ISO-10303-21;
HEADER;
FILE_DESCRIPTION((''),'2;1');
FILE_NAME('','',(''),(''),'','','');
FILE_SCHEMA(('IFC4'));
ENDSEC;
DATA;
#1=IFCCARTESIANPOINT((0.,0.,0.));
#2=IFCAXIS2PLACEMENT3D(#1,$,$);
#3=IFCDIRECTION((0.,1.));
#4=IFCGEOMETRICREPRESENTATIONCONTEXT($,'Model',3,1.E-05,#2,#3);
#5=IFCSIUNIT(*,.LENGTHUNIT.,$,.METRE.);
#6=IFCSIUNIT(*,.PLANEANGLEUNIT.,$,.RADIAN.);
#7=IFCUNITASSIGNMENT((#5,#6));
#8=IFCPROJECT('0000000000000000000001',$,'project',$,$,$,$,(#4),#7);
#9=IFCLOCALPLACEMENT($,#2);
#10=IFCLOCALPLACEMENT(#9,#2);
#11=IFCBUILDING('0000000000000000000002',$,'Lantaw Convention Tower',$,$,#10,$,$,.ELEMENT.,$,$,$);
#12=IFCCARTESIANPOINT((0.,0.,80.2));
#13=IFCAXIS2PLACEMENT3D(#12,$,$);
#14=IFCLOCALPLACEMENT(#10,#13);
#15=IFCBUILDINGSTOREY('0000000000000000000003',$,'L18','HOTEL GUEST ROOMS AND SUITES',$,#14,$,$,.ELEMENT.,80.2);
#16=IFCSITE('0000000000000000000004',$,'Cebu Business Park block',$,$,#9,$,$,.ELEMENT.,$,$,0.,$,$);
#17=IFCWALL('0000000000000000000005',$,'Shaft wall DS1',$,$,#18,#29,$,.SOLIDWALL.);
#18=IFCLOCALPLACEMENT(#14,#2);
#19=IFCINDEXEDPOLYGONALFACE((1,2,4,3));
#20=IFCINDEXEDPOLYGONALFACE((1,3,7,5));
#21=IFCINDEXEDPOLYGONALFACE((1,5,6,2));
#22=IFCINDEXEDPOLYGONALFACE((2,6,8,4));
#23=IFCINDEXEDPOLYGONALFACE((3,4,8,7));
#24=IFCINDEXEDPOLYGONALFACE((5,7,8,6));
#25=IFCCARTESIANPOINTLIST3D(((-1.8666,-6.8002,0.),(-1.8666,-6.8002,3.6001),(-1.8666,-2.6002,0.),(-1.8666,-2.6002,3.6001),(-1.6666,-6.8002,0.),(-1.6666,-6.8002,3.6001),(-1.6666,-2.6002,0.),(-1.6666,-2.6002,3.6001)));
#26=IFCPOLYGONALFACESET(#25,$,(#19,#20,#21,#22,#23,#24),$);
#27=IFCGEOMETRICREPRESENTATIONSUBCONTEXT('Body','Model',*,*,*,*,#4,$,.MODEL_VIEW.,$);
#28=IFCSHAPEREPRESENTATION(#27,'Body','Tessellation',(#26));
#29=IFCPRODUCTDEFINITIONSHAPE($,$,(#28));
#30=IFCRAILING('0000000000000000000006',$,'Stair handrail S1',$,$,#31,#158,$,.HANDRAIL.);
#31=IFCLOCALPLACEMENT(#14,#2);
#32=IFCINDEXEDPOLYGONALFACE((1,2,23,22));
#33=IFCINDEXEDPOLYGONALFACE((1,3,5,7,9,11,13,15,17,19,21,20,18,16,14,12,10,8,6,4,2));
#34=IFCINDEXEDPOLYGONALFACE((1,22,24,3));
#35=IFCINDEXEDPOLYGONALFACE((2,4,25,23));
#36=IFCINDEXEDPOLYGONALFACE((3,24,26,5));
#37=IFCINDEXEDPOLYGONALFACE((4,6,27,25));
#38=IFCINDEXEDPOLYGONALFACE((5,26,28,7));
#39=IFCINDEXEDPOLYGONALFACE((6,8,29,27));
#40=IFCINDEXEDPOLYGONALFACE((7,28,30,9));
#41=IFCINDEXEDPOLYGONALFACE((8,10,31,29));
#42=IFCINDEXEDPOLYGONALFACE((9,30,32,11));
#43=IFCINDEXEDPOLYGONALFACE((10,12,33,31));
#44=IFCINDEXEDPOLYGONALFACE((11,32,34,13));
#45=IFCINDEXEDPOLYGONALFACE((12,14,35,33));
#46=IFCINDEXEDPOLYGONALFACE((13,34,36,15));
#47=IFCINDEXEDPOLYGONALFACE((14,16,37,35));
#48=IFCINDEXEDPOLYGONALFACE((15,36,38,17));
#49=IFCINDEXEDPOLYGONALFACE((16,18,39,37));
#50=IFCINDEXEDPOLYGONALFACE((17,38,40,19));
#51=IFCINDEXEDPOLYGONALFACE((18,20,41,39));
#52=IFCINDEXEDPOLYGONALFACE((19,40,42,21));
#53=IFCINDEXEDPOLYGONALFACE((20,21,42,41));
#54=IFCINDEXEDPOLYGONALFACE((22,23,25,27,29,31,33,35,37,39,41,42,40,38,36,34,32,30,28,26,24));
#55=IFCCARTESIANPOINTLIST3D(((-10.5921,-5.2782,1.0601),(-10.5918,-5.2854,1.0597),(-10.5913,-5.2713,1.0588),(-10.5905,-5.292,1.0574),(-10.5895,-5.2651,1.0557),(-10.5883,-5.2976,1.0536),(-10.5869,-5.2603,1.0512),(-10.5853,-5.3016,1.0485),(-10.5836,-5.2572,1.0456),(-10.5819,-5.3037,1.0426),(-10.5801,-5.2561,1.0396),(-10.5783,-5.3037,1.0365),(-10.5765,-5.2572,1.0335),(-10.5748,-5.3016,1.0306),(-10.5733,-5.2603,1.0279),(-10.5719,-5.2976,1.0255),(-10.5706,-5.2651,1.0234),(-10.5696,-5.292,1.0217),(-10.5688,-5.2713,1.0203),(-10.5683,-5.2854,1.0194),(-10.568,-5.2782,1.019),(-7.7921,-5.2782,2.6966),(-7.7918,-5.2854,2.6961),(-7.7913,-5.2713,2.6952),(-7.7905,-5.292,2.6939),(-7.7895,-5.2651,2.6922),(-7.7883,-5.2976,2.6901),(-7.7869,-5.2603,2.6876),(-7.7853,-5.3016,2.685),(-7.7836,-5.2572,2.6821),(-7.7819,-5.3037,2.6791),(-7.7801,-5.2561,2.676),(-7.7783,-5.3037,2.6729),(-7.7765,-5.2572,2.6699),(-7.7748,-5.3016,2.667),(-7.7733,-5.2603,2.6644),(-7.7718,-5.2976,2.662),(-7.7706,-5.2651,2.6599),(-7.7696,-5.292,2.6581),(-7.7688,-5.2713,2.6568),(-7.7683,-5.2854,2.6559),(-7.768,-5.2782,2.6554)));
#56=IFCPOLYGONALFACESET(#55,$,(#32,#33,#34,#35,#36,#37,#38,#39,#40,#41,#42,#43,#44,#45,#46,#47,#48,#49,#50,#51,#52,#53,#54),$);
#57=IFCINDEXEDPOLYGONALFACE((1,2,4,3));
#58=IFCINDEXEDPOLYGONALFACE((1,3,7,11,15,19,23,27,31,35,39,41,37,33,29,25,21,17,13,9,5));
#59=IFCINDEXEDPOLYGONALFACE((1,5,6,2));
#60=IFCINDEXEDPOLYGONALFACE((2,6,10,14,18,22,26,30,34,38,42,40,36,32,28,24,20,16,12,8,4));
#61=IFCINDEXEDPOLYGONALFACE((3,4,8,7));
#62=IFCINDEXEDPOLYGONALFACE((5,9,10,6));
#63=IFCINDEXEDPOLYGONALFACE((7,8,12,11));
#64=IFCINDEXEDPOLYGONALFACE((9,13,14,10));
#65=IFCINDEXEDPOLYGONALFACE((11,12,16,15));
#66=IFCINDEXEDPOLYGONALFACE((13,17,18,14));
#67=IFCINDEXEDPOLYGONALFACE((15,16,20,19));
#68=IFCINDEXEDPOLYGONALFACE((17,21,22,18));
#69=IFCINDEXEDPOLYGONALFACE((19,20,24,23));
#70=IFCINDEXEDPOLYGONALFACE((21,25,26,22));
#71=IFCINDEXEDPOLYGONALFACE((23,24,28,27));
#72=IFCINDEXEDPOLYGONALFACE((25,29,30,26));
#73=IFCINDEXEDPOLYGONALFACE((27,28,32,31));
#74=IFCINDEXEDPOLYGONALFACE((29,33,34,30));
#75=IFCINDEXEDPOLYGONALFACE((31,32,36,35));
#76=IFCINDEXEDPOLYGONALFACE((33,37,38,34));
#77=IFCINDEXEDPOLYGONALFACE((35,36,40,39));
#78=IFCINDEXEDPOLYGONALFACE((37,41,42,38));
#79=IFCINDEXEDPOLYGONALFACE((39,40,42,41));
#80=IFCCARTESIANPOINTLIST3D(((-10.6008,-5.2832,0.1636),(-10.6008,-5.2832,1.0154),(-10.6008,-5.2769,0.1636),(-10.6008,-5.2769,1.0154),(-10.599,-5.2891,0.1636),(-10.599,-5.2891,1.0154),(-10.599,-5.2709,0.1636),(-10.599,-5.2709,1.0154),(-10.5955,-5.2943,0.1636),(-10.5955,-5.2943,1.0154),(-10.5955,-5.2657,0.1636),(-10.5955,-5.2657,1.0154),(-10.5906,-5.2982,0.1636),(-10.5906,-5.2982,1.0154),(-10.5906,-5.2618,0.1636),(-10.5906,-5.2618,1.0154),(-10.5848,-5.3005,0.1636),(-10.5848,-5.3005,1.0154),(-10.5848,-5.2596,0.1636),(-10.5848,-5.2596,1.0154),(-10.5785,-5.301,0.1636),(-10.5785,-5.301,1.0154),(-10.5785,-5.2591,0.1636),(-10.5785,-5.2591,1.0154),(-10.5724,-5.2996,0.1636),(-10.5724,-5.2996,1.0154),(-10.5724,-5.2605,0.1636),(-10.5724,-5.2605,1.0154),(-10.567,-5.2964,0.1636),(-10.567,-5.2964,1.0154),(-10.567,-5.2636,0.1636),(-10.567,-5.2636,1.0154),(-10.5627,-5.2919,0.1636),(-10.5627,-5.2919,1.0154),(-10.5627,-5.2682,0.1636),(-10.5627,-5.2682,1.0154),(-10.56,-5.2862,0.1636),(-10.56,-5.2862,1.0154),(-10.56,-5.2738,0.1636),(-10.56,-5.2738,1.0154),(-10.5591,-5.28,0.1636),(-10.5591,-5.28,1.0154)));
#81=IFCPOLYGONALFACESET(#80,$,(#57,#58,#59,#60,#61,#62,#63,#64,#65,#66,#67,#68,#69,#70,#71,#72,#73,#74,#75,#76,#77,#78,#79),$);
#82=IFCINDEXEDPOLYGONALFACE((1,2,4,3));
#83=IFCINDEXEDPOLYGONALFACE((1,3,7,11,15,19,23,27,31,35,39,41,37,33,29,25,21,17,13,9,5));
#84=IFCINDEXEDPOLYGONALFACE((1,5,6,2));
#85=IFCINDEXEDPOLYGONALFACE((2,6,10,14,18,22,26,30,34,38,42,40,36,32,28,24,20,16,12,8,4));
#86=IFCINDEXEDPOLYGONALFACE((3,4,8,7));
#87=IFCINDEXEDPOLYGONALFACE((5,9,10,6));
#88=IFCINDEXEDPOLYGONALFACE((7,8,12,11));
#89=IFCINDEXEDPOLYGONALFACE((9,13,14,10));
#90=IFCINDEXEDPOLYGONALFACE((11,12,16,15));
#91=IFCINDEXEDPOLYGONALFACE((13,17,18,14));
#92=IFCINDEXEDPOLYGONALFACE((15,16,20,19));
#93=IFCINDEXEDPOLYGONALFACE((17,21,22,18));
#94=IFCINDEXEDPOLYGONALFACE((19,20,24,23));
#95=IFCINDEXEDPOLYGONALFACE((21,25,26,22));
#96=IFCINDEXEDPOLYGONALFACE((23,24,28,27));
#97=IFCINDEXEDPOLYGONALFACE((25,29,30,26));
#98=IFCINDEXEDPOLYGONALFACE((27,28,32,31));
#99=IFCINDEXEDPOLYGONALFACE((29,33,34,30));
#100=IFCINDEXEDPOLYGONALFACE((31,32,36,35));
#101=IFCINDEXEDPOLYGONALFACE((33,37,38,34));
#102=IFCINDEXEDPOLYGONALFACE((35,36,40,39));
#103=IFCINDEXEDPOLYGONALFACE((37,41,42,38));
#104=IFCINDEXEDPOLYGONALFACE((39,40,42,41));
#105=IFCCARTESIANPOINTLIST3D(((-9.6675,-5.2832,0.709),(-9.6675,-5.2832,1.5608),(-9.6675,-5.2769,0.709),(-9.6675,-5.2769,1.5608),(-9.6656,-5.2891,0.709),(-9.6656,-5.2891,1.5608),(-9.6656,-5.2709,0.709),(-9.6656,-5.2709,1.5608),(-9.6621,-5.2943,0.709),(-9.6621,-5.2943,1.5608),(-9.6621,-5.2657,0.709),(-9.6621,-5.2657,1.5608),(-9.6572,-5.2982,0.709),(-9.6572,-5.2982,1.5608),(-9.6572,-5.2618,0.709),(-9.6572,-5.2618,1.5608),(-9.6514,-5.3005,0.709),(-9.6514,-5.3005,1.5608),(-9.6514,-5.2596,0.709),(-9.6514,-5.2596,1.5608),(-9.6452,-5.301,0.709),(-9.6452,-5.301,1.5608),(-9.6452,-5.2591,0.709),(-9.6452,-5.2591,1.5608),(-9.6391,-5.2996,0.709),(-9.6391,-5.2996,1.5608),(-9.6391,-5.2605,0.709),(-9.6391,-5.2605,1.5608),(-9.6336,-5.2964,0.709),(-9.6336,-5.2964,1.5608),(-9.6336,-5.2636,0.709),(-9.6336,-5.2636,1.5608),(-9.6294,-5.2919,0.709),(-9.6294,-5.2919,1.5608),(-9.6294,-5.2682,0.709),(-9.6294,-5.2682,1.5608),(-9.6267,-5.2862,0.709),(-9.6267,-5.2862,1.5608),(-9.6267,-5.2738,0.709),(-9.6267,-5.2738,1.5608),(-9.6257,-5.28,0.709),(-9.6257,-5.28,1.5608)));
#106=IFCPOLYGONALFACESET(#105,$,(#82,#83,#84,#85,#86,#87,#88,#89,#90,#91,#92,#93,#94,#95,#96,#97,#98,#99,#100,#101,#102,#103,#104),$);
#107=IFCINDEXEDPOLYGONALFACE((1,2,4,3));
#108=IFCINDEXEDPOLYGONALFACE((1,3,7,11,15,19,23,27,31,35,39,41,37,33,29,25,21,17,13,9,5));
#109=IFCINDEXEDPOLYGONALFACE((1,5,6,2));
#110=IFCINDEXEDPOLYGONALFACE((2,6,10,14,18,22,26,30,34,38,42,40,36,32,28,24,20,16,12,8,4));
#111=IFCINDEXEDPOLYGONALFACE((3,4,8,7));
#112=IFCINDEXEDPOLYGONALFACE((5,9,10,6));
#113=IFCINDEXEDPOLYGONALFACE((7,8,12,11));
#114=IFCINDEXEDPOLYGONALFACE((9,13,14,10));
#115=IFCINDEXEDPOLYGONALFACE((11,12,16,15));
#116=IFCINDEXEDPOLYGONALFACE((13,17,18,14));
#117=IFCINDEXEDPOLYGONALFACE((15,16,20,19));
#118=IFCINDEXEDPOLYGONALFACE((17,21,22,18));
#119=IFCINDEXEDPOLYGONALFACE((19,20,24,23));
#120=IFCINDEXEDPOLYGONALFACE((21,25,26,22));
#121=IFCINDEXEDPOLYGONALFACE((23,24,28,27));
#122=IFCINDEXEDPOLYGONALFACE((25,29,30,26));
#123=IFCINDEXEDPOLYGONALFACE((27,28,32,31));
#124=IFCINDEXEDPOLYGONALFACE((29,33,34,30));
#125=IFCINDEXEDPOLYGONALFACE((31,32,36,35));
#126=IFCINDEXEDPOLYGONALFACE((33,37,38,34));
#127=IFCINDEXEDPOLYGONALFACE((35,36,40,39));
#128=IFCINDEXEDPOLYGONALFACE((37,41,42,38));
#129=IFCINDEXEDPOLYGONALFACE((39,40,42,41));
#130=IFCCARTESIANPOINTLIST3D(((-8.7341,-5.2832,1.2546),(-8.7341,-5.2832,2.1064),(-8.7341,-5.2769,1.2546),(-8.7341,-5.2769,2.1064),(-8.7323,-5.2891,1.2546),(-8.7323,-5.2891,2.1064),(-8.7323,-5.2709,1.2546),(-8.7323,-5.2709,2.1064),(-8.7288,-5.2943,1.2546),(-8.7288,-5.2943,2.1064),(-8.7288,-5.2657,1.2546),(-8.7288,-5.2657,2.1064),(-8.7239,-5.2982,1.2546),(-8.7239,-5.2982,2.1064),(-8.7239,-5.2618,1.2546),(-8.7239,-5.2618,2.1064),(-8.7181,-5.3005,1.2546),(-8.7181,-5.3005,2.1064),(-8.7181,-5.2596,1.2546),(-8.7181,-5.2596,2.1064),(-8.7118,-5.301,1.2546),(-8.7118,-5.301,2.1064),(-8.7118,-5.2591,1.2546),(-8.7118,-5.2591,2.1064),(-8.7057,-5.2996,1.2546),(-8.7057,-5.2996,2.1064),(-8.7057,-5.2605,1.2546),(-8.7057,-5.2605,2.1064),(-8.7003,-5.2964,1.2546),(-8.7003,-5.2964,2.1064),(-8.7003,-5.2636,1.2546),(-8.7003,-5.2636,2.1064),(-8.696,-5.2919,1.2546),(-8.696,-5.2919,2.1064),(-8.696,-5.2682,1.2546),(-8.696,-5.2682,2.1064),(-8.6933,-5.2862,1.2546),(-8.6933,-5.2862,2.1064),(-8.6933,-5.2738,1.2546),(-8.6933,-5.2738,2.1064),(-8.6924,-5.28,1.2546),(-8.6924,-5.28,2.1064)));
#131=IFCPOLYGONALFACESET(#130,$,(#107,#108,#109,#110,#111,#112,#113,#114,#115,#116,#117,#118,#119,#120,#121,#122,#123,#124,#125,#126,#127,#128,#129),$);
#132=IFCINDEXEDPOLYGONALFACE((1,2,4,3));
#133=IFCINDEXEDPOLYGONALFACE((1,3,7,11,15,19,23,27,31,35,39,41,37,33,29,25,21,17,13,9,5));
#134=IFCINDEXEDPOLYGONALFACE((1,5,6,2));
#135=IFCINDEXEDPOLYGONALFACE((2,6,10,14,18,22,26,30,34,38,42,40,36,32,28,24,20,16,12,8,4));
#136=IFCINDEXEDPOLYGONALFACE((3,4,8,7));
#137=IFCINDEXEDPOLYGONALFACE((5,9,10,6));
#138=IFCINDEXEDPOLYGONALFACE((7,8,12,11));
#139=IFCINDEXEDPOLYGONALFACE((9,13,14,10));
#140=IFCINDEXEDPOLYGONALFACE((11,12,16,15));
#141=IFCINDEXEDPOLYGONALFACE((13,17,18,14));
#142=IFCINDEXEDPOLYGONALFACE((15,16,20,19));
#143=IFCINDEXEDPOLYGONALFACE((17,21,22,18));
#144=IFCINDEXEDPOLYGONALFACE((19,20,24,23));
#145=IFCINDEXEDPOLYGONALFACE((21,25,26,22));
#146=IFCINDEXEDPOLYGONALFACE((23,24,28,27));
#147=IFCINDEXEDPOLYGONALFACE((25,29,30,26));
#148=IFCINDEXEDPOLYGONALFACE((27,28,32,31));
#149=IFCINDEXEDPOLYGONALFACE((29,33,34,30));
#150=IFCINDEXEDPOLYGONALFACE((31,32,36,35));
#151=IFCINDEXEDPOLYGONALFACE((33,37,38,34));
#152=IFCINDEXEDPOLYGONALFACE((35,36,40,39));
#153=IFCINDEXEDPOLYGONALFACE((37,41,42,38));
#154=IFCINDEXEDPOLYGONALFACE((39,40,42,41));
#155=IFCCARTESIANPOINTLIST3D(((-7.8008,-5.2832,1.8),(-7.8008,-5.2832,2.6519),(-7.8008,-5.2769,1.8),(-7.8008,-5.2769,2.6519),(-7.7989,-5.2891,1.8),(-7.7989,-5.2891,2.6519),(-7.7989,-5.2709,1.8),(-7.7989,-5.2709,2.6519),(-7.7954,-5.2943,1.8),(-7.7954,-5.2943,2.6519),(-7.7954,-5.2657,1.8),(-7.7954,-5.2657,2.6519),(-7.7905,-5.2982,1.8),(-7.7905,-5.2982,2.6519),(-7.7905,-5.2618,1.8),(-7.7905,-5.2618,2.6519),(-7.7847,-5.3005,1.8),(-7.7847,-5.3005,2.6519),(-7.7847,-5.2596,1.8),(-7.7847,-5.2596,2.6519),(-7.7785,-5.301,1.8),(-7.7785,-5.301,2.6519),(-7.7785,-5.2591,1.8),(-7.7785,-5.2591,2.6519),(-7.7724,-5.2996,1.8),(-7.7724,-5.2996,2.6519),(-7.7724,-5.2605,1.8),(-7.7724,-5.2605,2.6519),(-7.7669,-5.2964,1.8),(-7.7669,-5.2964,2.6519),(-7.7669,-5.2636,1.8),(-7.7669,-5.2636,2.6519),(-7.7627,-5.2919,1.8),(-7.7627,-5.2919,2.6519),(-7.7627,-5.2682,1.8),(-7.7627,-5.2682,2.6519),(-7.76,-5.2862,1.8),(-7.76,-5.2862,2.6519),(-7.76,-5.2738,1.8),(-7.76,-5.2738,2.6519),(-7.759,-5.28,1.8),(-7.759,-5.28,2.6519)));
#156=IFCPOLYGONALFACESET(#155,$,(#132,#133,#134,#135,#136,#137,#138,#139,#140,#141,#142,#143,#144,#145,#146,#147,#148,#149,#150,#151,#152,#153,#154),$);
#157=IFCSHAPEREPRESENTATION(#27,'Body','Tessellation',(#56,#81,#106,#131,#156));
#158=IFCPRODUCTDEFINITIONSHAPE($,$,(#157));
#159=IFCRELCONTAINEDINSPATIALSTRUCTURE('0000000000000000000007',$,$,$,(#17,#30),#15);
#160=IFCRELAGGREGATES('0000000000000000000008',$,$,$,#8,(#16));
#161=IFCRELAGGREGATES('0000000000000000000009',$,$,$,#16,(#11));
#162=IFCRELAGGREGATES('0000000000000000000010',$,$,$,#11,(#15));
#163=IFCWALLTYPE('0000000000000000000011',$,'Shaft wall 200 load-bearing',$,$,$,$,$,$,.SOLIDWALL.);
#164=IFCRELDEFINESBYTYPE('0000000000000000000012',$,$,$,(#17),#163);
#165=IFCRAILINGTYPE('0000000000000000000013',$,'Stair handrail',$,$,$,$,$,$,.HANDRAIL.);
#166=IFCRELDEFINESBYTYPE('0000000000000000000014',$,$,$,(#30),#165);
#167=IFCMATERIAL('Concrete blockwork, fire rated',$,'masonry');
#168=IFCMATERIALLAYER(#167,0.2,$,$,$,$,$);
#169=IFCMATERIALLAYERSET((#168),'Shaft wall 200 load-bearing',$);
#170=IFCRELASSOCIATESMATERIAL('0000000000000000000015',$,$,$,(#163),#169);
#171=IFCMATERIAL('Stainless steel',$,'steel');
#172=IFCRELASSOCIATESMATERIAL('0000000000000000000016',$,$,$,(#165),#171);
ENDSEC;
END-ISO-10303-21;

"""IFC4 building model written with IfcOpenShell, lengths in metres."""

from ifc_helpers import new_model, si_unit, direction, frame, frame_2d, origin, origin_2d, place, context, subcontext, project, spatial, rectangle, circle, extrude, material, layer, layer_set, type_object, element, save


model = new_model("IFC4")

# Units and contexts
model_context = context("Model", 3, precision=1e-05, world=origin(), true_north=direction((0.0, 1.0)))
body_context = subcontext(model_context, "Body", "Model", "MODEL_VIEW")
ifc_project = project(units=[si_unit("LENGTHUNIT", "METRE"), si_unit("PLANEANGLEUNIT", "RADIAN")], contexts=[model_context])

# Site, building, storey
site_placement = place(None, origin())
site = spatial("IfcSite", under=ifc_project, at=site_placement, Name="Cebu Business Park block", CompositionType="ELEMENT", RefElevation=0.0)
building_placement = place(site_placement, origin())
building = spatial("IfcBuilding", under=site, at=building_placement, Name="Lantaw Convention Tower", CompositionType="ELEMENT")
storey_placement = place(building_placement, frame((0.0, 0.0, 80.2)))
storey = spatial("IfcBuildingStorey", under=building, at=storey_placement, Name="L18", Description="HOTEL GUEST ROOMS AND SUITES", CompositionType="ELEMENT", Elevation=80.2)

# Shared definitions
ifc_material_1 = material(Name="Stainless steel", Category="steel")

# Wall
ifc_material_2 = material(Name="Concrete blockwork, fire rated", Category="masonry")
ifc_layer_1 = layer(ifc_material_2, 0.2)
ifc_layer_set_1 = layer_set([ifc_layer_1], Name="Shaft wall 200 load-bearing")
wall_type_1 = type_object("IfcWallType", Name="Shaft wall 200 load-bearing", PredefinedType="SOLIDWALL", material=ifc_layer_set_1)
wall_1_placement = place(storey_placement, frame((-1.7666, -2.6001, 0.0), z_axis=(0.0, 0.0, 1.0), x_axis=(0.0, -1.0, 0.0)))
element("IfcWall", 1, at=wall_1_placement, inside=storey, type_object=wall_type_1, Name="Shaft wall DS1", PredefinedType="SOLIDWALL", context=body_context, shape_type="SweptSolid", body=[
    extrude(rectangle(XDim=4.2, YDim=0.2, at=frame_2d((2.1001, 0.0))), origin(), (0.0, 0.0, 1.0), 3.6001),
])

# Railing
railing_type = type_object("IfcRailingType", Name="Stair handrail", PredefinedType="HANDRAIL", material=ifc_material_1)
railing_1_placement = place(storey_placement, frame((-10.5801, -5.28, 0.1636)))
element("IfcRailing", 2, at=railing_1_placement, inside=storey, type_object=railing_type, Name="Stair handrail S1", PredefinedType="HANDRAIL", context=body_context, shape_type="SweptSolid", body=[
    extrude(circle(Radius=0.0239, at=origin_2d()), frame((0.0, 0.0, 0.876), z_axis=(0.863361, 0.0, 0.504587), x_axis=(0.0, 1.0, 0.0)), (0.0, 0.0, 1.0), 3.2432),
    extrude(circle(Radius=0.021, at=origin_2d()), origin(), (0.0, 0.0, 1.0), 0.8518),
    extrude(circle(Radius=0.021, at=origin_2d()), frame((0.9333, 0.0, 0.5454)), (0.0, 0.0, 1.0), 0.8518),
    extrude(circle(Radius=0.021, at=origin_2d()), frame((1.8667, 0.0, 1.0911)), (0.0, 0.0, 1.0), 0.8518),
    extrude(circle(Radius=0.021, at=origin_2d()), frame((2.8, 0.0, 1.6365)), (0.0, 0.0, 1.0), 0.8518),
])

save(model, "model.ifc")
